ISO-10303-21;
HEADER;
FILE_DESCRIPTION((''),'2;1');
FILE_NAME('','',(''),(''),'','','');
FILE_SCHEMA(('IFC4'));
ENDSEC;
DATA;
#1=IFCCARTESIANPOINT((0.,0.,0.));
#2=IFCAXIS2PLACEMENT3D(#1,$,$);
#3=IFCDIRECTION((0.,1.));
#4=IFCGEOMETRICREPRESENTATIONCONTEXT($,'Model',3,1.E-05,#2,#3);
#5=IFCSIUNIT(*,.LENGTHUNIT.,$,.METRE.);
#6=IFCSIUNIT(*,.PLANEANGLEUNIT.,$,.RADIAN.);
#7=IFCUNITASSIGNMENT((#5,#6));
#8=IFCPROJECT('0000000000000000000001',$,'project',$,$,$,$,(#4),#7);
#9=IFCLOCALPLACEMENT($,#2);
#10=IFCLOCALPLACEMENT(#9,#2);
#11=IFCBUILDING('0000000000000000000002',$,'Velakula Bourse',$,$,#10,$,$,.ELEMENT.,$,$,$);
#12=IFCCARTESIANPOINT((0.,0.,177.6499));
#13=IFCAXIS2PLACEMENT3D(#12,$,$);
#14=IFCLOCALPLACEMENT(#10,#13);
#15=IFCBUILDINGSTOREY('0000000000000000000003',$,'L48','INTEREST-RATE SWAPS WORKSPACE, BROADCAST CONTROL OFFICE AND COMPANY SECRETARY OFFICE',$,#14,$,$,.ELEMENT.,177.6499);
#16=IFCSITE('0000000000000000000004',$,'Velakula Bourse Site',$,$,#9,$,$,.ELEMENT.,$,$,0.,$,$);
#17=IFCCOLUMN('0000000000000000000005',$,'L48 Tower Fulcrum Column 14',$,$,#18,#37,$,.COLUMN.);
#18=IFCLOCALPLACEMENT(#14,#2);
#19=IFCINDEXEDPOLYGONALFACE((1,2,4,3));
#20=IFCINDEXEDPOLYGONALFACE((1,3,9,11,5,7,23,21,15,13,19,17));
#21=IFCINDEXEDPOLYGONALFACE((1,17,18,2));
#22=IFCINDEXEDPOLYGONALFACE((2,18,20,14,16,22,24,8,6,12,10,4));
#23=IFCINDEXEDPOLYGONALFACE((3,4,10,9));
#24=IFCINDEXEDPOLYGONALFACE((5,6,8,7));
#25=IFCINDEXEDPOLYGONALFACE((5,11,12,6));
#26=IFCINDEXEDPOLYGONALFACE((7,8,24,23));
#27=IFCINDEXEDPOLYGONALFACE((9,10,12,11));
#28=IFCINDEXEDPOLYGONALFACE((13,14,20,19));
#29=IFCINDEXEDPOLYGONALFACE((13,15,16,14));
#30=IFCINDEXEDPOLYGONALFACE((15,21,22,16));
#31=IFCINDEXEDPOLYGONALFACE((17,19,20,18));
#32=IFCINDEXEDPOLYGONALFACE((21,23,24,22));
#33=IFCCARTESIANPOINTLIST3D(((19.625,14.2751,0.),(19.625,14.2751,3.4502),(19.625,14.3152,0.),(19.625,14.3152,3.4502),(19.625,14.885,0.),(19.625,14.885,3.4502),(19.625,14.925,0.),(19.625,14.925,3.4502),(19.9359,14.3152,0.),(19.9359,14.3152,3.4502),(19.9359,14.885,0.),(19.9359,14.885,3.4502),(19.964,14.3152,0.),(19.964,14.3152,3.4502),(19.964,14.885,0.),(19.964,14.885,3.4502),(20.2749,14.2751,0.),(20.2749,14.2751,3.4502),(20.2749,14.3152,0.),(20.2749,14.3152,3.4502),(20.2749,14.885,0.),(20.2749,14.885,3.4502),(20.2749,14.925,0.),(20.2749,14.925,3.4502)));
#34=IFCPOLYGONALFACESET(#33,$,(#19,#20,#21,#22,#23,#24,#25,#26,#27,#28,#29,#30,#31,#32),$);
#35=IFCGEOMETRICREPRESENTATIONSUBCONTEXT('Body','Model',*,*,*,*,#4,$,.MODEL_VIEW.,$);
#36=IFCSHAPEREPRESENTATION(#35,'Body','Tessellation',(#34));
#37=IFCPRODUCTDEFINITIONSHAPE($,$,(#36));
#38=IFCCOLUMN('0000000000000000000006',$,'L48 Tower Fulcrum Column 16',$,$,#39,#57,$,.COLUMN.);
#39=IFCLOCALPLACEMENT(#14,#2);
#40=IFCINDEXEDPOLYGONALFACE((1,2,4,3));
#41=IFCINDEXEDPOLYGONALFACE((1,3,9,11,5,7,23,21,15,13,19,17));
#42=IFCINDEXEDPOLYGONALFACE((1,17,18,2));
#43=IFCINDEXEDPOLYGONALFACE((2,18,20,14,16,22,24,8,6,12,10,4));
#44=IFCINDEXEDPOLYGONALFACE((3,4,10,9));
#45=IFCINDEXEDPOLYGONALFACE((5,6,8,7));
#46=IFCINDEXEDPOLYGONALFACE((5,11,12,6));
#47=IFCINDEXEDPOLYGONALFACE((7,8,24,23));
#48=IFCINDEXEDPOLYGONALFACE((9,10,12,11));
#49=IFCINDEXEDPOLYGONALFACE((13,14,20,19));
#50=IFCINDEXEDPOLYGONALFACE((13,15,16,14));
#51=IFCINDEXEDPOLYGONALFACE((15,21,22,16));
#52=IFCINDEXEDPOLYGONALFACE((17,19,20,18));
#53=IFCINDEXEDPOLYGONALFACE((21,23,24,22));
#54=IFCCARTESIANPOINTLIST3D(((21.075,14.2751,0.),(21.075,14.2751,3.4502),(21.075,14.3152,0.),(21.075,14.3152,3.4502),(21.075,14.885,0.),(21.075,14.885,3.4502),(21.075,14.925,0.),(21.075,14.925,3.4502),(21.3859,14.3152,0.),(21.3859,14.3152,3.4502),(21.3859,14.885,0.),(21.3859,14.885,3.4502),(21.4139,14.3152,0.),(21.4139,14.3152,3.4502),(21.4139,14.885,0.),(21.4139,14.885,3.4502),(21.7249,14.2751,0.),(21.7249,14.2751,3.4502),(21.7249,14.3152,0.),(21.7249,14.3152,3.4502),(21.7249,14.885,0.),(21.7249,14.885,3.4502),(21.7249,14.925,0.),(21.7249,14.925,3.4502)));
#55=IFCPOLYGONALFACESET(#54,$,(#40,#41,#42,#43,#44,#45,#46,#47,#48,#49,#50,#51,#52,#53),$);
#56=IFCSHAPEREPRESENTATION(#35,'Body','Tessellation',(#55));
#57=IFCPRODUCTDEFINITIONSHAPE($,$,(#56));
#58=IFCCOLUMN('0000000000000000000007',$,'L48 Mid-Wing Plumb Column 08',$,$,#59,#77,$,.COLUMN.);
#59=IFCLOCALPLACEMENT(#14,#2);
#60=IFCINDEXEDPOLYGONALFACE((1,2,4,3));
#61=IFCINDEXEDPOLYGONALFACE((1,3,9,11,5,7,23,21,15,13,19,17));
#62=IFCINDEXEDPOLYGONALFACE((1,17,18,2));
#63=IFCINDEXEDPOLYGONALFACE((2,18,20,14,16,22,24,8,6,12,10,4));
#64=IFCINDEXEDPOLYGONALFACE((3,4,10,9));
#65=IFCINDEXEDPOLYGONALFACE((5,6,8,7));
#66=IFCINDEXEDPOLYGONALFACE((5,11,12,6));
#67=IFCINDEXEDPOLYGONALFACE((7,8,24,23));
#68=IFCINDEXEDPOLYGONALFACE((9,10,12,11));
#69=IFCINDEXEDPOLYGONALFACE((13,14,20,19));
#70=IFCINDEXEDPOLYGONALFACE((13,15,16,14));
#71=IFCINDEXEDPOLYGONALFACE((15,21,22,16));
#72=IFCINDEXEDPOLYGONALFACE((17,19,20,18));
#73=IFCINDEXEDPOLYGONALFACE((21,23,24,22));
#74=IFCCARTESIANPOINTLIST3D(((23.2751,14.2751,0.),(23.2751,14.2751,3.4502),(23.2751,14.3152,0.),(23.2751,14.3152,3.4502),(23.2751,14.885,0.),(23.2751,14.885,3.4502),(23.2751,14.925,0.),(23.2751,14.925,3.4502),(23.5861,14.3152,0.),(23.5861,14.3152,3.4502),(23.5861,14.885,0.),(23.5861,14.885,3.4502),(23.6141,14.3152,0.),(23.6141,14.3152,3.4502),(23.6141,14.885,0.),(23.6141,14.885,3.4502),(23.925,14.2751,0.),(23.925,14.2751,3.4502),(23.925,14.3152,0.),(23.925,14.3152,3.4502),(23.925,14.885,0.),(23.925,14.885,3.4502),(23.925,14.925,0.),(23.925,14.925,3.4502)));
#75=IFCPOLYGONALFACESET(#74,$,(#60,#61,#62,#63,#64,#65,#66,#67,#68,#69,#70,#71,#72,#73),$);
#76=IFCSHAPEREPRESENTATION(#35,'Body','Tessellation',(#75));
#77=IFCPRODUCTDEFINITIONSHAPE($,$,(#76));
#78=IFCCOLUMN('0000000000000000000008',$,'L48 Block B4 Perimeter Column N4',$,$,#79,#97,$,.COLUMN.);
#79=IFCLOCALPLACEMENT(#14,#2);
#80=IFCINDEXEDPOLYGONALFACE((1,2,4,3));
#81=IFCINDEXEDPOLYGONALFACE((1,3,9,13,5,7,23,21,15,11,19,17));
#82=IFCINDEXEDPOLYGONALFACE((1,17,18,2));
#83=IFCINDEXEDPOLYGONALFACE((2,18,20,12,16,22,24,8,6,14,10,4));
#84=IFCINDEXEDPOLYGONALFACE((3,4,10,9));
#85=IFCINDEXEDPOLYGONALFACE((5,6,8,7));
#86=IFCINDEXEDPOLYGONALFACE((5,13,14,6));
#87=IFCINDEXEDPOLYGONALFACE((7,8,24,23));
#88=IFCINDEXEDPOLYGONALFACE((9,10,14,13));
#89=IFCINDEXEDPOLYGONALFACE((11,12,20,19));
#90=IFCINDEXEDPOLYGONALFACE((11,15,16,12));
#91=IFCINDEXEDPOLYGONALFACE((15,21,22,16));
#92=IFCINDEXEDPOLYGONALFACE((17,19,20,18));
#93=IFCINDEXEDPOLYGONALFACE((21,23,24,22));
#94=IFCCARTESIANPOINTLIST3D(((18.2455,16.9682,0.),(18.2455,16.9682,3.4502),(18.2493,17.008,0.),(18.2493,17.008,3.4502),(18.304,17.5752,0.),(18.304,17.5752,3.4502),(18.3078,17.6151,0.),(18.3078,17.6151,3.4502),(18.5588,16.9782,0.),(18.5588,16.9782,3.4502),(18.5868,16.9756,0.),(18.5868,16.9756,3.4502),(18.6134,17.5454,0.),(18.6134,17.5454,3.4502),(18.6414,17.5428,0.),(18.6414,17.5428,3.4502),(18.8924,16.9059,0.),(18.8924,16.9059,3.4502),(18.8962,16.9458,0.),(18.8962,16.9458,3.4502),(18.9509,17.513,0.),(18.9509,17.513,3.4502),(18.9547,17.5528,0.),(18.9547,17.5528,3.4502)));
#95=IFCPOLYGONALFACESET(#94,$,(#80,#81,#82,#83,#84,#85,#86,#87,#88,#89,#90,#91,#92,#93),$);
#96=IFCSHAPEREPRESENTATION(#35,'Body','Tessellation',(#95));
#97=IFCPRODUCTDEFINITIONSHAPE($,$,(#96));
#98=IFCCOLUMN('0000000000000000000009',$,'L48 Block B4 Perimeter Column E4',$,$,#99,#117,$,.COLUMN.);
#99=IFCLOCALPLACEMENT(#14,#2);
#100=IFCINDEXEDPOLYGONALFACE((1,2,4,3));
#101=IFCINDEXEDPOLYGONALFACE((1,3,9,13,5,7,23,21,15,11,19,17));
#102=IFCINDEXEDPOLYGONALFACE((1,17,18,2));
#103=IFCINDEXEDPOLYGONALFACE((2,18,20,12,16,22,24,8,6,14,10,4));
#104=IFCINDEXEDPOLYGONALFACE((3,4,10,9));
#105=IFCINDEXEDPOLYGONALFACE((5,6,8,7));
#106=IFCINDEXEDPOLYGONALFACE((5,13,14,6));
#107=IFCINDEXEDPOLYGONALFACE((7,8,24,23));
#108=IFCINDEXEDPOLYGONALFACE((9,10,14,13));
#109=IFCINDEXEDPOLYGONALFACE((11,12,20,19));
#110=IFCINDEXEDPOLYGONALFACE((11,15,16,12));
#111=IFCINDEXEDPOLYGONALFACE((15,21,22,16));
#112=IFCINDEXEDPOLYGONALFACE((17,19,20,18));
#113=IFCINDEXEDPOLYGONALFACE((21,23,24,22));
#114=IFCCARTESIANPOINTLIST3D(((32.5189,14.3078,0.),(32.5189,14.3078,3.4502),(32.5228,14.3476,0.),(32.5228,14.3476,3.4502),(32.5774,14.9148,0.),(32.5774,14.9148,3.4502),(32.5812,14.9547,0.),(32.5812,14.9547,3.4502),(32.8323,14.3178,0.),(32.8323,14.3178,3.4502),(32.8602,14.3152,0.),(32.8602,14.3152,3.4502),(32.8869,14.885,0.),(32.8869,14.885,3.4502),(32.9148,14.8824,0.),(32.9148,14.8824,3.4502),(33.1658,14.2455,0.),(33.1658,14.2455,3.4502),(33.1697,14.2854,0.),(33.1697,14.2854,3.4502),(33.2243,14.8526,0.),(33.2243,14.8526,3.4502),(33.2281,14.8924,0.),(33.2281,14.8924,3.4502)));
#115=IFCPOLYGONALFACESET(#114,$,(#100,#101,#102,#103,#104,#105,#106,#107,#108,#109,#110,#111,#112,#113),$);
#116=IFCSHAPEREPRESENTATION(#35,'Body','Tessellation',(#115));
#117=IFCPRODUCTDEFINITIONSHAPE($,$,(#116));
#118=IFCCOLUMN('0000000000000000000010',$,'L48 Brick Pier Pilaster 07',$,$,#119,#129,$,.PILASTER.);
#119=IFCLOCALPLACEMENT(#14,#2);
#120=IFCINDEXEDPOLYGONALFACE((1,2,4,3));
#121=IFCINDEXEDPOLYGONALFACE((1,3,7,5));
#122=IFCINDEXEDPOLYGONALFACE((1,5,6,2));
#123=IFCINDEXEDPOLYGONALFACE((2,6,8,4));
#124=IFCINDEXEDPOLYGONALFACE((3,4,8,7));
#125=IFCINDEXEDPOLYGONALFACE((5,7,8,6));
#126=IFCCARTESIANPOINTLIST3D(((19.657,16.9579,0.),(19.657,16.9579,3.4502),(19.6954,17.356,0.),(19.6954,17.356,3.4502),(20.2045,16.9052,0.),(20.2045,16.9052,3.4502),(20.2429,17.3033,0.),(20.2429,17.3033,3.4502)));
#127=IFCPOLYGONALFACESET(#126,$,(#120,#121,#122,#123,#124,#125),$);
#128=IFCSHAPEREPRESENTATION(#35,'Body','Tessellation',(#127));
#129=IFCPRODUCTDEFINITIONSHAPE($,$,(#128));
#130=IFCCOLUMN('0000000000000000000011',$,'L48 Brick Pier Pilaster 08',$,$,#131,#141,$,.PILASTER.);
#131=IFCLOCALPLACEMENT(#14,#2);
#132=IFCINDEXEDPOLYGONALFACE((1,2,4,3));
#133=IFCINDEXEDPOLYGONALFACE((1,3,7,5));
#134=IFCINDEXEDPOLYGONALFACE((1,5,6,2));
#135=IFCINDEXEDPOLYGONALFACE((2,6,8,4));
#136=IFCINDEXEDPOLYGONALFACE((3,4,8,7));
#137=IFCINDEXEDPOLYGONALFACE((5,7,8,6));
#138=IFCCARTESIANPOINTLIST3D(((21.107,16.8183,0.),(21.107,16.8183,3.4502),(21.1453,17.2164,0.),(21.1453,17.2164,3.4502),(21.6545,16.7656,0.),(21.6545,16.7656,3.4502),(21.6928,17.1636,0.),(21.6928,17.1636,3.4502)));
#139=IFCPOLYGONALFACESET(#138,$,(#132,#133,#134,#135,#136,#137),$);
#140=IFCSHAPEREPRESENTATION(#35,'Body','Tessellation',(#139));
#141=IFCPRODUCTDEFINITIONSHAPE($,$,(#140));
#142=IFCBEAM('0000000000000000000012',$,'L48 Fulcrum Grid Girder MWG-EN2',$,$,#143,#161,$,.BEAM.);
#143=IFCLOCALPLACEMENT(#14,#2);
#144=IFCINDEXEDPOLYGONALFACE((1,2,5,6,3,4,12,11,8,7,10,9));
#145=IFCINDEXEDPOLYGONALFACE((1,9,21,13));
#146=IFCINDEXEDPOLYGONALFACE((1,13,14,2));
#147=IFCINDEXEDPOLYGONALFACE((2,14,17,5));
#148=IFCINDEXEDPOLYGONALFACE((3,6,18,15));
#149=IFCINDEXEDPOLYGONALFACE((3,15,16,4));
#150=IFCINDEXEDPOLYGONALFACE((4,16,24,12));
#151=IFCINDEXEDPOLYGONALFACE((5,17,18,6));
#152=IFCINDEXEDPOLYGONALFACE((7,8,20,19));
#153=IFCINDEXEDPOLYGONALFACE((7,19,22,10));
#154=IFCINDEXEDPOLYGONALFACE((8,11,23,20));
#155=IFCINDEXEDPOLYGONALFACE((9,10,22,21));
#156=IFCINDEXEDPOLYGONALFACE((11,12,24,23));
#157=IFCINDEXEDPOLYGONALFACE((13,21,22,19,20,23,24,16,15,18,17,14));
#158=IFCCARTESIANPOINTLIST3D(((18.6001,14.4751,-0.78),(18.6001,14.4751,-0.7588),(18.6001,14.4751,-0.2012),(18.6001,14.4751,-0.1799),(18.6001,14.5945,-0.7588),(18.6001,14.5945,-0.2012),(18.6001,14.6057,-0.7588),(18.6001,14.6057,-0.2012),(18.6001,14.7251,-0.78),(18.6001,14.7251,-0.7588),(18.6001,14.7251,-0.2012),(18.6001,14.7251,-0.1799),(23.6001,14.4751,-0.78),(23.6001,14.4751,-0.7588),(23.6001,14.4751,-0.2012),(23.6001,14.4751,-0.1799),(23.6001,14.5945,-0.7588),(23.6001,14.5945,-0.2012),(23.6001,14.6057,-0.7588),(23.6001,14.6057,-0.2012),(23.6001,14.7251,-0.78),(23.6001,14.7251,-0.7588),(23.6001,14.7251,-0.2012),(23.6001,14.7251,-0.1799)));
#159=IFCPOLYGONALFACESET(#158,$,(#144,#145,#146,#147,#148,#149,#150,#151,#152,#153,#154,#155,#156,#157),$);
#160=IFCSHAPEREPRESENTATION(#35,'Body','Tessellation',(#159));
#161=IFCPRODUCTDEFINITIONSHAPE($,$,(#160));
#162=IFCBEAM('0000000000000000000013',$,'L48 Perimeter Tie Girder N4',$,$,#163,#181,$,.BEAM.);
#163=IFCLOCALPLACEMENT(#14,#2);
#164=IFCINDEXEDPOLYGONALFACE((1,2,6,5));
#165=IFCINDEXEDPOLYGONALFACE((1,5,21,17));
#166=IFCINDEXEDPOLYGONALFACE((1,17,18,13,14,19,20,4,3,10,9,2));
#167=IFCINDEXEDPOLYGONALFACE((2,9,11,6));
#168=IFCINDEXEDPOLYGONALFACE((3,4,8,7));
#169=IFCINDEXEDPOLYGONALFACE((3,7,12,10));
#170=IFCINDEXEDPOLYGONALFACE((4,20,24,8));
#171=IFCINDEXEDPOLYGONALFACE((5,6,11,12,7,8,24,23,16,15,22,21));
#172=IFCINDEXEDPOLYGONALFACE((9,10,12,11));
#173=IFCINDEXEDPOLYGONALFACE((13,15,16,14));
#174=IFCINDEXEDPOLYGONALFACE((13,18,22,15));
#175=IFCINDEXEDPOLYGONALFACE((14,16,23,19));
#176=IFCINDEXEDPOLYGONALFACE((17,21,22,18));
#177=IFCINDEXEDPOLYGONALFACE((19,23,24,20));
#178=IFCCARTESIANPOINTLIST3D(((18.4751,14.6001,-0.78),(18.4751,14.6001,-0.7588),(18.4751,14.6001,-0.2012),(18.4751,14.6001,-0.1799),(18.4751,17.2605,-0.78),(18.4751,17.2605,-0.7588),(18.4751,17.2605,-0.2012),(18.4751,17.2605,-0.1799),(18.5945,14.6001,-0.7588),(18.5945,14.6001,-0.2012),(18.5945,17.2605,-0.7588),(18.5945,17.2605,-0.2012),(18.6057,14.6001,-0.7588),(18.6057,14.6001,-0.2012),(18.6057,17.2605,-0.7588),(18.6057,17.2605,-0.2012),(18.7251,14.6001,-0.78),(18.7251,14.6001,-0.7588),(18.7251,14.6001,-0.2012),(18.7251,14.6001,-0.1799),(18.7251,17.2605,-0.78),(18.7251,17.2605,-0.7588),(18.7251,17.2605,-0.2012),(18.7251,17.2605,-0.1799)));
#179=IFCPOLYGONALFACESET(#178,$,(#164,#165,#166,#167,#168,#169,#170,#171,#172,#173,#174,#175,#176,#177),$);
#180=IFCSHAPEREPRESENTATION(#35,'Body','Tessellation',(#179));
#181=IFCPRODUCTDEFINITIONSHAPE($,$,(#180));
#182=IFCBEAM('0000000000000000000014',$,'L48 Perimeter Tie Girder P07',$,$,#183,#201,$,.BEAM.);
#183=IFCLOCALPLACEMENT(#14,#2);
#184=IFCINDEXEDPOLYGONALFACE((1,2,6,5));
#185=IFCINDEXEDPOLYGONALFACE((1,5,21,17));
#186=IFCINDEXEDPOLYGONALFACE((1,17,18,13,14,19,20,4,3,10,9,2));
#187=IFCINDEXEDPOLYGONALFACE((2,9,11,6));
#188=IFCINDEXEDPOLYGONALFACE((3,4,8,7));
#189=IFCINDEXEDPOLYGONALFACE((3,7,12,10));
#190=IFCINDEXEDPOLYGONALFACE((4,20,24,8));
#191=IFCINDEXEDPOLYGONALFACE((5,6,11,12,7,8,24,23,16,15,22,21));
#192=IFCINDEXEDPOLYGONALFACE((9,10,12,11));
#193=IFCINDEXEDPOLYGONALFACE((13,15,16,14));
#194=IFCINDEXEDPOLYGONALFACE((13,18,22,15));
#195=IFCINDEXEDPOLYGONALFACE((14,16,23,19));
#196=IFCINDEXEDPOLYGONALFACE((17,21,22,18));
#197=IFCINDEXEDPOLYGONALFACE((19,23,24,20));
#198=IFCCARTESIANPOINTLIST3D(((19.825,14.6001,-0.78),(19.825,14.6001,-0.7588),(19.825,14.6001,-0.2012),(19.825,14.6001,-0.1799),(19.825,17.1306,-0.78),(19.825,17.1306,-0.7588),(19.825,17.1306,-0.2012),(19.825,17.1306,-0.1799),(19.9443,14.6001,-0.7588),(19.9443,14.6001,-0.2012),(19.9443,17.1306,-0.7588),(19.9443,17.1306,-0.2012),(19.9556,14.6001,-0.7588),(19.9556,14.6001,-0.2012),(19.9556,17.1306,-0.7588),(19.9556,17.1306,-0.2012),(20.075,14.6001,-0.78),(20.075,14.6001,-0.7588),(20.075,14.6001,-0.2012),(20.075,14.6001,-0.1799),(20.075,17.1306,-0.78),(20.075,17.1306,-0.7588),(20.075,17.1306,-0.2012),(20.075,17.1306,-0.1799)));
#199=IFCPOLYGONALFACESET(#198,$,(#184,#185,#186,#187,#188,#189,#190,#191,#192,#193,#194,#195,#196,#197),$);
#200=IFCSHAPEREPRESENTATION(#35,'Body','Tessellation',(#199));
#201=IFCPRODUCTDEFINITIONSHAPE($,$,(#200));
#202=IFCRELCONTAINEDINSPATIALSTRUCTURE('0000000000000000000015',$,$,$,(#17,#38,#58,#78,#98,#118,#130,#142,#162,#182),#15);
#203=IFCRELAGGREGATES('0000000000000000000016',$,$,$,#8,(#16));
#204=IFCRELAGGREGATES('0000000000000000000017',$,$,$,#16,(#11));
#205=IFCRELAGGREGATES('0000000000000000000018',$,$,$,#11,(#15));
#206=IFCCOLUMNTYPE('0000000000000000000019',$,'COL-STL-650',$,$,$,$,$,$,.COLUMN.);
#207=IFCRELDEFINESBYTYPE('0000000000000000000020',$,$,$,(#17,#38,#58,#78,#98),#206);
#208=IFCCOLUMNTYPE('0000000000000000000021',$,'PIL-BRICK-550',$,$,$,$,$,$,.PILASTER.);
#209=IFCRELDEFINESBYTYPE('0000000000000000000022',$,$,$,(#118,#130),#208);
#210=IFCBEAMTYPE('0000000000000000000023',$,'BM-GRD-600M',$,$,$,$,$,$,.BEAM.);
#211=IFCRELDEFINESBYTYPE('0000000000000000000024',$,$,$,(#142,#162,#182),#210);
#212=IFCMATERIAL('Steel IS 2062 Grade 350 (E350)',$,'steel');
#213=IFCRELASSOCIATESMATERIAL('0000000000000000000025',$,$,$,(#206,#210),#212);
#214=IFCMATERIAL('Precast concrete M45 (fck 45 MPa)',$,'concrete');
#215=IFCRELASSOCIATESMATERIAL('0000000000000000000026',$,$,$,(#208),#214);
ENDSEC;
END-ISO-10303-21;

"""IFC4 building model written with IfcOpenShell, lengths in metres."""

from ifc_helpers import new_model, si_unit, direction, frame, origin, origin_2d, place, context, subcontext, project, spatial, rectangle, i_section, extrude, material, material_profile, profile_set, type_object, element, save


model = new_model("IFC4")

# Units and contexts
model_context = context("Model", 3, precision=1e-05, world=origin(), true_north=direction((0.0, 1.0)))
body_context = subcontext(model_context, "Body", "Model", "MODEL_VIEW")
ifc_project = project(units=[si_unit("LENGTHUNIT", "METRE"), si_unit("PLANEANGLEUNIT", "RADIAN")], contexts=[model_context])

# Site, building, storey
site_placement = place(None, origin())
site = spatial("IfcSite", under=ifc_project, at=site_placement, Name="Velakula Bourse Site", CompositionType="ELEMENT", RefElevation=0.0)
building_placement = place(site_placement, origin())
building = spatial("IfcBuilding", under=site, at=building_placement, Name="Velakula Bourse", CompositionType="ELEMENT")
storey_placement = place(building_placement, frame((0.0, 0.0, 177.6499)))
storey = spatial("IfcBuildingStorey", under=building, at=storey_placement, Name="L48", Description="INTEREST-RATE SWAPS WORKSPACE, BROADCAST CONTROL OFFICE AND COMPANY SECRETARY OFFICE", CompositionType="ELEMENT", Elevation=177.6499)

# Columns
ifc_material_1 = material(Name="Steel IS 2062 Grade 350 (E350)", Category="steel")
ifc_material_profile_1 = material_profile(ifc_material_1, i_section(OverallWidth=0.6499, OverallDepth=0.6499, WebThickness=0.0281, FlangeThickness=0.04, at=origin_2d()), Name="Steel IS 2062 Grade 350 (E350)")
ifc_profile_set_1 = profile_set([ifc_material_profile_1], Name="Steel IS 2062 Grade 350 (E350)")
column_type_1 = type_object("IfcColumnType", Name="COL-STL-650", PredefinedType="COLUMN", material=ifc_profile_set_1)
for number, where, z_axis, x_axis, name in (
    (1, (19.95, 14.6001, 0.0), (0.0, 0.0, 1.0), (1.0, 0.0, 0.0), "L48 Tower Fulcrum Column 14"),
    (2, (21.3999, 14.6001, 0.0), (0.0, 0.0, 1.0), (1.0, 0.0, 0.0), "L48 Tower Fulcrum Column 16"),
    (3, (23.6001, 14.6001, 0.0), (0.0, 0.0, 1.0), (1.0, 0.0, 0.0), "L48 Mid-Wing Plumb Column 08"),
    (4, (18.6001, 17.2605, 0.0), (0.0, 0.0, 1.0), (0.995396, -0.095846, 0.0), "L48 Block B4 Perimeter Column N4"),
    (5, (32.8735, 14.6001, 0.0), (0.0, 0.0, 1.0), (0.995396, -0.095846, 0.0), "L48 Block B4 Perimeter Column E4"),
):
    element("IfcColumn", number, at=place(storey_placement, frame(where, z_axis=z_axis, x_axis=x_axis)), inside=storey, type_object=column_type_1, Name=name, PredefinedType="COLUMN", context=body_context, shape_type="SweptSolid", body=[
        extrude(i_section(OverallWidth=0.6499, OverallDepth=0.6499, WebThickness=0.0281, FlangeThickness=0.04, at=origin_2d()), origin(), (0.0, 0.0, 1.0), 3.4502),
    ])
ifc_material_2 = material(Name="Precast concrete M45 (fck 45 MPa)", Category="concrete")
ifc_material_profile_2 = material_profile(ifc_material_2, rectangle(XDim=0.55, YDim=0.3999, at=origin_2d()), Name="Precast concrete M45 (fck 45 MPa)")
ifc_profile_set_2 = profile_set([ifc_material_profile_2], Name="Precast concrete M45 (fck 45 MPa)")
column_type_2 = type_object("IfcColumnType", Name="PIL-BRICK-550", PredefinedType="PILASTER", material=ifc_profile_set_2)
for number, where, z_axis, x_axis, name in (
    (6, (19.95, 17.1306, 0.0), (0.0, 0.0, 1.0), (0.995396, -0.095846, 0.0), "L48 Brick Pier Pilaster 07"),
    (7, (21.3999, 16.991, 0.0), (0.0, 0.0, 1.0), (0.995396, -0.095846, 0.0), "L48 Brick Pier Pilaster 08"),
):
    element("IfcColumn", number, at=place(storey_placement, frame(where, z_axis=z_axis, x_axis=x_axis)), inside=storey, type_object=column_type_2, Name=name, PredefinedType="PILASTER", context=body_context, shape_type="SweptSolid", body=[
        extrude(rectangle(XDim=0.55, YDim=0.3999, at=origin_2d()), origin(), (0.0, 0.0, 1.0), 3.4502),
    ])

# Beams
ifc_material_profile_3 = material_profile(ifc_material_1, i_section(OverallWidth=0.25, OverallDepth=0.6001, WebThickness=0.0112, FlangeThickness=0.0212, at=origin_2d()), Name="Steel IS 2062 Grade 350 (E350)")
ifc_profile_set_3 = profile_set([ifc_material_profile_3], Name="Steel IS 2062 Grade 350 (E350)")
beam_type_1 = type_object("IfcBeamType", Name="BM-GRD-600M", PredefinedType="BEAM", material=ifc_profile_set_3)
beam_1_placement = place(storey_placement, frame((18.6001, 14.6001, -0.48), z_axis=(1.0, 0.0, 0.0), x_axis=(0.0, 1.0, 0.0)))
element("IfcBeam", 8, at=beam_1_placement, inside=storey, type_object=beam_type_1, Name="L48 Fulcrum Grid Girder MWG-EN2", PredefinedType="BEAM", context=body_context, shape_type="SweptSolid", body=[
    extrude(i_section(OverallWidth=0.25, OverallDepth=0.6001, WebThickness=0.0112, FlangeThickness=0.0212, at=origin_2d()), origin(), (0.0, 0.0, 1.0), 5.0),
])
beam_2_placement = place(storey_placement, frame((18.6001, 14.6001, -0.48), z_axis=(0.0, 1.0, 0.0), x_axis=(-1.0, 0.0, 0.0)))
element("IfcBeam", 9, at=beam_2_placement, inside=storey, type_object=beam_type_1, Name="L48 Perimeter Tie Girder N4", PredefinedType="BEAM", context=body_context, shape_type="SweptSolid", body=[
    extrude(i_section(OverallWidth=0.25, OverallDepth=0.6001, WebThickness=0.0112, FlangeThickness=0.0212, at=origin_2d()), origin(), (0.0, 0.0, 1.0), 2.6604),
])
beam_3_placement = place(storey_placement, frame((19.95, 14.6001, -0.48), z_axis=(0.0, 1.0, 0.0), x_axis=(-1.0, 0.0, 0.0)))
element("IfcBeam", 10, at=beam_3_placement, inside=storey, type_object=beam_type_1, Name="L48 Perimeter Tie Girder P07", PredefinedType="BEAM", context=body_context, shape_type="SweptSolid", body=[
    extrude(i_section(OverallWidth=0.25, OverallDepth=0.6001, WebThickness=0.0112, FlangeThickness=0.0212, at=origin_2d()), origin(), (0.0, 0.0, 1.0), 2.5305),
])

save(model, "model.ifc")
